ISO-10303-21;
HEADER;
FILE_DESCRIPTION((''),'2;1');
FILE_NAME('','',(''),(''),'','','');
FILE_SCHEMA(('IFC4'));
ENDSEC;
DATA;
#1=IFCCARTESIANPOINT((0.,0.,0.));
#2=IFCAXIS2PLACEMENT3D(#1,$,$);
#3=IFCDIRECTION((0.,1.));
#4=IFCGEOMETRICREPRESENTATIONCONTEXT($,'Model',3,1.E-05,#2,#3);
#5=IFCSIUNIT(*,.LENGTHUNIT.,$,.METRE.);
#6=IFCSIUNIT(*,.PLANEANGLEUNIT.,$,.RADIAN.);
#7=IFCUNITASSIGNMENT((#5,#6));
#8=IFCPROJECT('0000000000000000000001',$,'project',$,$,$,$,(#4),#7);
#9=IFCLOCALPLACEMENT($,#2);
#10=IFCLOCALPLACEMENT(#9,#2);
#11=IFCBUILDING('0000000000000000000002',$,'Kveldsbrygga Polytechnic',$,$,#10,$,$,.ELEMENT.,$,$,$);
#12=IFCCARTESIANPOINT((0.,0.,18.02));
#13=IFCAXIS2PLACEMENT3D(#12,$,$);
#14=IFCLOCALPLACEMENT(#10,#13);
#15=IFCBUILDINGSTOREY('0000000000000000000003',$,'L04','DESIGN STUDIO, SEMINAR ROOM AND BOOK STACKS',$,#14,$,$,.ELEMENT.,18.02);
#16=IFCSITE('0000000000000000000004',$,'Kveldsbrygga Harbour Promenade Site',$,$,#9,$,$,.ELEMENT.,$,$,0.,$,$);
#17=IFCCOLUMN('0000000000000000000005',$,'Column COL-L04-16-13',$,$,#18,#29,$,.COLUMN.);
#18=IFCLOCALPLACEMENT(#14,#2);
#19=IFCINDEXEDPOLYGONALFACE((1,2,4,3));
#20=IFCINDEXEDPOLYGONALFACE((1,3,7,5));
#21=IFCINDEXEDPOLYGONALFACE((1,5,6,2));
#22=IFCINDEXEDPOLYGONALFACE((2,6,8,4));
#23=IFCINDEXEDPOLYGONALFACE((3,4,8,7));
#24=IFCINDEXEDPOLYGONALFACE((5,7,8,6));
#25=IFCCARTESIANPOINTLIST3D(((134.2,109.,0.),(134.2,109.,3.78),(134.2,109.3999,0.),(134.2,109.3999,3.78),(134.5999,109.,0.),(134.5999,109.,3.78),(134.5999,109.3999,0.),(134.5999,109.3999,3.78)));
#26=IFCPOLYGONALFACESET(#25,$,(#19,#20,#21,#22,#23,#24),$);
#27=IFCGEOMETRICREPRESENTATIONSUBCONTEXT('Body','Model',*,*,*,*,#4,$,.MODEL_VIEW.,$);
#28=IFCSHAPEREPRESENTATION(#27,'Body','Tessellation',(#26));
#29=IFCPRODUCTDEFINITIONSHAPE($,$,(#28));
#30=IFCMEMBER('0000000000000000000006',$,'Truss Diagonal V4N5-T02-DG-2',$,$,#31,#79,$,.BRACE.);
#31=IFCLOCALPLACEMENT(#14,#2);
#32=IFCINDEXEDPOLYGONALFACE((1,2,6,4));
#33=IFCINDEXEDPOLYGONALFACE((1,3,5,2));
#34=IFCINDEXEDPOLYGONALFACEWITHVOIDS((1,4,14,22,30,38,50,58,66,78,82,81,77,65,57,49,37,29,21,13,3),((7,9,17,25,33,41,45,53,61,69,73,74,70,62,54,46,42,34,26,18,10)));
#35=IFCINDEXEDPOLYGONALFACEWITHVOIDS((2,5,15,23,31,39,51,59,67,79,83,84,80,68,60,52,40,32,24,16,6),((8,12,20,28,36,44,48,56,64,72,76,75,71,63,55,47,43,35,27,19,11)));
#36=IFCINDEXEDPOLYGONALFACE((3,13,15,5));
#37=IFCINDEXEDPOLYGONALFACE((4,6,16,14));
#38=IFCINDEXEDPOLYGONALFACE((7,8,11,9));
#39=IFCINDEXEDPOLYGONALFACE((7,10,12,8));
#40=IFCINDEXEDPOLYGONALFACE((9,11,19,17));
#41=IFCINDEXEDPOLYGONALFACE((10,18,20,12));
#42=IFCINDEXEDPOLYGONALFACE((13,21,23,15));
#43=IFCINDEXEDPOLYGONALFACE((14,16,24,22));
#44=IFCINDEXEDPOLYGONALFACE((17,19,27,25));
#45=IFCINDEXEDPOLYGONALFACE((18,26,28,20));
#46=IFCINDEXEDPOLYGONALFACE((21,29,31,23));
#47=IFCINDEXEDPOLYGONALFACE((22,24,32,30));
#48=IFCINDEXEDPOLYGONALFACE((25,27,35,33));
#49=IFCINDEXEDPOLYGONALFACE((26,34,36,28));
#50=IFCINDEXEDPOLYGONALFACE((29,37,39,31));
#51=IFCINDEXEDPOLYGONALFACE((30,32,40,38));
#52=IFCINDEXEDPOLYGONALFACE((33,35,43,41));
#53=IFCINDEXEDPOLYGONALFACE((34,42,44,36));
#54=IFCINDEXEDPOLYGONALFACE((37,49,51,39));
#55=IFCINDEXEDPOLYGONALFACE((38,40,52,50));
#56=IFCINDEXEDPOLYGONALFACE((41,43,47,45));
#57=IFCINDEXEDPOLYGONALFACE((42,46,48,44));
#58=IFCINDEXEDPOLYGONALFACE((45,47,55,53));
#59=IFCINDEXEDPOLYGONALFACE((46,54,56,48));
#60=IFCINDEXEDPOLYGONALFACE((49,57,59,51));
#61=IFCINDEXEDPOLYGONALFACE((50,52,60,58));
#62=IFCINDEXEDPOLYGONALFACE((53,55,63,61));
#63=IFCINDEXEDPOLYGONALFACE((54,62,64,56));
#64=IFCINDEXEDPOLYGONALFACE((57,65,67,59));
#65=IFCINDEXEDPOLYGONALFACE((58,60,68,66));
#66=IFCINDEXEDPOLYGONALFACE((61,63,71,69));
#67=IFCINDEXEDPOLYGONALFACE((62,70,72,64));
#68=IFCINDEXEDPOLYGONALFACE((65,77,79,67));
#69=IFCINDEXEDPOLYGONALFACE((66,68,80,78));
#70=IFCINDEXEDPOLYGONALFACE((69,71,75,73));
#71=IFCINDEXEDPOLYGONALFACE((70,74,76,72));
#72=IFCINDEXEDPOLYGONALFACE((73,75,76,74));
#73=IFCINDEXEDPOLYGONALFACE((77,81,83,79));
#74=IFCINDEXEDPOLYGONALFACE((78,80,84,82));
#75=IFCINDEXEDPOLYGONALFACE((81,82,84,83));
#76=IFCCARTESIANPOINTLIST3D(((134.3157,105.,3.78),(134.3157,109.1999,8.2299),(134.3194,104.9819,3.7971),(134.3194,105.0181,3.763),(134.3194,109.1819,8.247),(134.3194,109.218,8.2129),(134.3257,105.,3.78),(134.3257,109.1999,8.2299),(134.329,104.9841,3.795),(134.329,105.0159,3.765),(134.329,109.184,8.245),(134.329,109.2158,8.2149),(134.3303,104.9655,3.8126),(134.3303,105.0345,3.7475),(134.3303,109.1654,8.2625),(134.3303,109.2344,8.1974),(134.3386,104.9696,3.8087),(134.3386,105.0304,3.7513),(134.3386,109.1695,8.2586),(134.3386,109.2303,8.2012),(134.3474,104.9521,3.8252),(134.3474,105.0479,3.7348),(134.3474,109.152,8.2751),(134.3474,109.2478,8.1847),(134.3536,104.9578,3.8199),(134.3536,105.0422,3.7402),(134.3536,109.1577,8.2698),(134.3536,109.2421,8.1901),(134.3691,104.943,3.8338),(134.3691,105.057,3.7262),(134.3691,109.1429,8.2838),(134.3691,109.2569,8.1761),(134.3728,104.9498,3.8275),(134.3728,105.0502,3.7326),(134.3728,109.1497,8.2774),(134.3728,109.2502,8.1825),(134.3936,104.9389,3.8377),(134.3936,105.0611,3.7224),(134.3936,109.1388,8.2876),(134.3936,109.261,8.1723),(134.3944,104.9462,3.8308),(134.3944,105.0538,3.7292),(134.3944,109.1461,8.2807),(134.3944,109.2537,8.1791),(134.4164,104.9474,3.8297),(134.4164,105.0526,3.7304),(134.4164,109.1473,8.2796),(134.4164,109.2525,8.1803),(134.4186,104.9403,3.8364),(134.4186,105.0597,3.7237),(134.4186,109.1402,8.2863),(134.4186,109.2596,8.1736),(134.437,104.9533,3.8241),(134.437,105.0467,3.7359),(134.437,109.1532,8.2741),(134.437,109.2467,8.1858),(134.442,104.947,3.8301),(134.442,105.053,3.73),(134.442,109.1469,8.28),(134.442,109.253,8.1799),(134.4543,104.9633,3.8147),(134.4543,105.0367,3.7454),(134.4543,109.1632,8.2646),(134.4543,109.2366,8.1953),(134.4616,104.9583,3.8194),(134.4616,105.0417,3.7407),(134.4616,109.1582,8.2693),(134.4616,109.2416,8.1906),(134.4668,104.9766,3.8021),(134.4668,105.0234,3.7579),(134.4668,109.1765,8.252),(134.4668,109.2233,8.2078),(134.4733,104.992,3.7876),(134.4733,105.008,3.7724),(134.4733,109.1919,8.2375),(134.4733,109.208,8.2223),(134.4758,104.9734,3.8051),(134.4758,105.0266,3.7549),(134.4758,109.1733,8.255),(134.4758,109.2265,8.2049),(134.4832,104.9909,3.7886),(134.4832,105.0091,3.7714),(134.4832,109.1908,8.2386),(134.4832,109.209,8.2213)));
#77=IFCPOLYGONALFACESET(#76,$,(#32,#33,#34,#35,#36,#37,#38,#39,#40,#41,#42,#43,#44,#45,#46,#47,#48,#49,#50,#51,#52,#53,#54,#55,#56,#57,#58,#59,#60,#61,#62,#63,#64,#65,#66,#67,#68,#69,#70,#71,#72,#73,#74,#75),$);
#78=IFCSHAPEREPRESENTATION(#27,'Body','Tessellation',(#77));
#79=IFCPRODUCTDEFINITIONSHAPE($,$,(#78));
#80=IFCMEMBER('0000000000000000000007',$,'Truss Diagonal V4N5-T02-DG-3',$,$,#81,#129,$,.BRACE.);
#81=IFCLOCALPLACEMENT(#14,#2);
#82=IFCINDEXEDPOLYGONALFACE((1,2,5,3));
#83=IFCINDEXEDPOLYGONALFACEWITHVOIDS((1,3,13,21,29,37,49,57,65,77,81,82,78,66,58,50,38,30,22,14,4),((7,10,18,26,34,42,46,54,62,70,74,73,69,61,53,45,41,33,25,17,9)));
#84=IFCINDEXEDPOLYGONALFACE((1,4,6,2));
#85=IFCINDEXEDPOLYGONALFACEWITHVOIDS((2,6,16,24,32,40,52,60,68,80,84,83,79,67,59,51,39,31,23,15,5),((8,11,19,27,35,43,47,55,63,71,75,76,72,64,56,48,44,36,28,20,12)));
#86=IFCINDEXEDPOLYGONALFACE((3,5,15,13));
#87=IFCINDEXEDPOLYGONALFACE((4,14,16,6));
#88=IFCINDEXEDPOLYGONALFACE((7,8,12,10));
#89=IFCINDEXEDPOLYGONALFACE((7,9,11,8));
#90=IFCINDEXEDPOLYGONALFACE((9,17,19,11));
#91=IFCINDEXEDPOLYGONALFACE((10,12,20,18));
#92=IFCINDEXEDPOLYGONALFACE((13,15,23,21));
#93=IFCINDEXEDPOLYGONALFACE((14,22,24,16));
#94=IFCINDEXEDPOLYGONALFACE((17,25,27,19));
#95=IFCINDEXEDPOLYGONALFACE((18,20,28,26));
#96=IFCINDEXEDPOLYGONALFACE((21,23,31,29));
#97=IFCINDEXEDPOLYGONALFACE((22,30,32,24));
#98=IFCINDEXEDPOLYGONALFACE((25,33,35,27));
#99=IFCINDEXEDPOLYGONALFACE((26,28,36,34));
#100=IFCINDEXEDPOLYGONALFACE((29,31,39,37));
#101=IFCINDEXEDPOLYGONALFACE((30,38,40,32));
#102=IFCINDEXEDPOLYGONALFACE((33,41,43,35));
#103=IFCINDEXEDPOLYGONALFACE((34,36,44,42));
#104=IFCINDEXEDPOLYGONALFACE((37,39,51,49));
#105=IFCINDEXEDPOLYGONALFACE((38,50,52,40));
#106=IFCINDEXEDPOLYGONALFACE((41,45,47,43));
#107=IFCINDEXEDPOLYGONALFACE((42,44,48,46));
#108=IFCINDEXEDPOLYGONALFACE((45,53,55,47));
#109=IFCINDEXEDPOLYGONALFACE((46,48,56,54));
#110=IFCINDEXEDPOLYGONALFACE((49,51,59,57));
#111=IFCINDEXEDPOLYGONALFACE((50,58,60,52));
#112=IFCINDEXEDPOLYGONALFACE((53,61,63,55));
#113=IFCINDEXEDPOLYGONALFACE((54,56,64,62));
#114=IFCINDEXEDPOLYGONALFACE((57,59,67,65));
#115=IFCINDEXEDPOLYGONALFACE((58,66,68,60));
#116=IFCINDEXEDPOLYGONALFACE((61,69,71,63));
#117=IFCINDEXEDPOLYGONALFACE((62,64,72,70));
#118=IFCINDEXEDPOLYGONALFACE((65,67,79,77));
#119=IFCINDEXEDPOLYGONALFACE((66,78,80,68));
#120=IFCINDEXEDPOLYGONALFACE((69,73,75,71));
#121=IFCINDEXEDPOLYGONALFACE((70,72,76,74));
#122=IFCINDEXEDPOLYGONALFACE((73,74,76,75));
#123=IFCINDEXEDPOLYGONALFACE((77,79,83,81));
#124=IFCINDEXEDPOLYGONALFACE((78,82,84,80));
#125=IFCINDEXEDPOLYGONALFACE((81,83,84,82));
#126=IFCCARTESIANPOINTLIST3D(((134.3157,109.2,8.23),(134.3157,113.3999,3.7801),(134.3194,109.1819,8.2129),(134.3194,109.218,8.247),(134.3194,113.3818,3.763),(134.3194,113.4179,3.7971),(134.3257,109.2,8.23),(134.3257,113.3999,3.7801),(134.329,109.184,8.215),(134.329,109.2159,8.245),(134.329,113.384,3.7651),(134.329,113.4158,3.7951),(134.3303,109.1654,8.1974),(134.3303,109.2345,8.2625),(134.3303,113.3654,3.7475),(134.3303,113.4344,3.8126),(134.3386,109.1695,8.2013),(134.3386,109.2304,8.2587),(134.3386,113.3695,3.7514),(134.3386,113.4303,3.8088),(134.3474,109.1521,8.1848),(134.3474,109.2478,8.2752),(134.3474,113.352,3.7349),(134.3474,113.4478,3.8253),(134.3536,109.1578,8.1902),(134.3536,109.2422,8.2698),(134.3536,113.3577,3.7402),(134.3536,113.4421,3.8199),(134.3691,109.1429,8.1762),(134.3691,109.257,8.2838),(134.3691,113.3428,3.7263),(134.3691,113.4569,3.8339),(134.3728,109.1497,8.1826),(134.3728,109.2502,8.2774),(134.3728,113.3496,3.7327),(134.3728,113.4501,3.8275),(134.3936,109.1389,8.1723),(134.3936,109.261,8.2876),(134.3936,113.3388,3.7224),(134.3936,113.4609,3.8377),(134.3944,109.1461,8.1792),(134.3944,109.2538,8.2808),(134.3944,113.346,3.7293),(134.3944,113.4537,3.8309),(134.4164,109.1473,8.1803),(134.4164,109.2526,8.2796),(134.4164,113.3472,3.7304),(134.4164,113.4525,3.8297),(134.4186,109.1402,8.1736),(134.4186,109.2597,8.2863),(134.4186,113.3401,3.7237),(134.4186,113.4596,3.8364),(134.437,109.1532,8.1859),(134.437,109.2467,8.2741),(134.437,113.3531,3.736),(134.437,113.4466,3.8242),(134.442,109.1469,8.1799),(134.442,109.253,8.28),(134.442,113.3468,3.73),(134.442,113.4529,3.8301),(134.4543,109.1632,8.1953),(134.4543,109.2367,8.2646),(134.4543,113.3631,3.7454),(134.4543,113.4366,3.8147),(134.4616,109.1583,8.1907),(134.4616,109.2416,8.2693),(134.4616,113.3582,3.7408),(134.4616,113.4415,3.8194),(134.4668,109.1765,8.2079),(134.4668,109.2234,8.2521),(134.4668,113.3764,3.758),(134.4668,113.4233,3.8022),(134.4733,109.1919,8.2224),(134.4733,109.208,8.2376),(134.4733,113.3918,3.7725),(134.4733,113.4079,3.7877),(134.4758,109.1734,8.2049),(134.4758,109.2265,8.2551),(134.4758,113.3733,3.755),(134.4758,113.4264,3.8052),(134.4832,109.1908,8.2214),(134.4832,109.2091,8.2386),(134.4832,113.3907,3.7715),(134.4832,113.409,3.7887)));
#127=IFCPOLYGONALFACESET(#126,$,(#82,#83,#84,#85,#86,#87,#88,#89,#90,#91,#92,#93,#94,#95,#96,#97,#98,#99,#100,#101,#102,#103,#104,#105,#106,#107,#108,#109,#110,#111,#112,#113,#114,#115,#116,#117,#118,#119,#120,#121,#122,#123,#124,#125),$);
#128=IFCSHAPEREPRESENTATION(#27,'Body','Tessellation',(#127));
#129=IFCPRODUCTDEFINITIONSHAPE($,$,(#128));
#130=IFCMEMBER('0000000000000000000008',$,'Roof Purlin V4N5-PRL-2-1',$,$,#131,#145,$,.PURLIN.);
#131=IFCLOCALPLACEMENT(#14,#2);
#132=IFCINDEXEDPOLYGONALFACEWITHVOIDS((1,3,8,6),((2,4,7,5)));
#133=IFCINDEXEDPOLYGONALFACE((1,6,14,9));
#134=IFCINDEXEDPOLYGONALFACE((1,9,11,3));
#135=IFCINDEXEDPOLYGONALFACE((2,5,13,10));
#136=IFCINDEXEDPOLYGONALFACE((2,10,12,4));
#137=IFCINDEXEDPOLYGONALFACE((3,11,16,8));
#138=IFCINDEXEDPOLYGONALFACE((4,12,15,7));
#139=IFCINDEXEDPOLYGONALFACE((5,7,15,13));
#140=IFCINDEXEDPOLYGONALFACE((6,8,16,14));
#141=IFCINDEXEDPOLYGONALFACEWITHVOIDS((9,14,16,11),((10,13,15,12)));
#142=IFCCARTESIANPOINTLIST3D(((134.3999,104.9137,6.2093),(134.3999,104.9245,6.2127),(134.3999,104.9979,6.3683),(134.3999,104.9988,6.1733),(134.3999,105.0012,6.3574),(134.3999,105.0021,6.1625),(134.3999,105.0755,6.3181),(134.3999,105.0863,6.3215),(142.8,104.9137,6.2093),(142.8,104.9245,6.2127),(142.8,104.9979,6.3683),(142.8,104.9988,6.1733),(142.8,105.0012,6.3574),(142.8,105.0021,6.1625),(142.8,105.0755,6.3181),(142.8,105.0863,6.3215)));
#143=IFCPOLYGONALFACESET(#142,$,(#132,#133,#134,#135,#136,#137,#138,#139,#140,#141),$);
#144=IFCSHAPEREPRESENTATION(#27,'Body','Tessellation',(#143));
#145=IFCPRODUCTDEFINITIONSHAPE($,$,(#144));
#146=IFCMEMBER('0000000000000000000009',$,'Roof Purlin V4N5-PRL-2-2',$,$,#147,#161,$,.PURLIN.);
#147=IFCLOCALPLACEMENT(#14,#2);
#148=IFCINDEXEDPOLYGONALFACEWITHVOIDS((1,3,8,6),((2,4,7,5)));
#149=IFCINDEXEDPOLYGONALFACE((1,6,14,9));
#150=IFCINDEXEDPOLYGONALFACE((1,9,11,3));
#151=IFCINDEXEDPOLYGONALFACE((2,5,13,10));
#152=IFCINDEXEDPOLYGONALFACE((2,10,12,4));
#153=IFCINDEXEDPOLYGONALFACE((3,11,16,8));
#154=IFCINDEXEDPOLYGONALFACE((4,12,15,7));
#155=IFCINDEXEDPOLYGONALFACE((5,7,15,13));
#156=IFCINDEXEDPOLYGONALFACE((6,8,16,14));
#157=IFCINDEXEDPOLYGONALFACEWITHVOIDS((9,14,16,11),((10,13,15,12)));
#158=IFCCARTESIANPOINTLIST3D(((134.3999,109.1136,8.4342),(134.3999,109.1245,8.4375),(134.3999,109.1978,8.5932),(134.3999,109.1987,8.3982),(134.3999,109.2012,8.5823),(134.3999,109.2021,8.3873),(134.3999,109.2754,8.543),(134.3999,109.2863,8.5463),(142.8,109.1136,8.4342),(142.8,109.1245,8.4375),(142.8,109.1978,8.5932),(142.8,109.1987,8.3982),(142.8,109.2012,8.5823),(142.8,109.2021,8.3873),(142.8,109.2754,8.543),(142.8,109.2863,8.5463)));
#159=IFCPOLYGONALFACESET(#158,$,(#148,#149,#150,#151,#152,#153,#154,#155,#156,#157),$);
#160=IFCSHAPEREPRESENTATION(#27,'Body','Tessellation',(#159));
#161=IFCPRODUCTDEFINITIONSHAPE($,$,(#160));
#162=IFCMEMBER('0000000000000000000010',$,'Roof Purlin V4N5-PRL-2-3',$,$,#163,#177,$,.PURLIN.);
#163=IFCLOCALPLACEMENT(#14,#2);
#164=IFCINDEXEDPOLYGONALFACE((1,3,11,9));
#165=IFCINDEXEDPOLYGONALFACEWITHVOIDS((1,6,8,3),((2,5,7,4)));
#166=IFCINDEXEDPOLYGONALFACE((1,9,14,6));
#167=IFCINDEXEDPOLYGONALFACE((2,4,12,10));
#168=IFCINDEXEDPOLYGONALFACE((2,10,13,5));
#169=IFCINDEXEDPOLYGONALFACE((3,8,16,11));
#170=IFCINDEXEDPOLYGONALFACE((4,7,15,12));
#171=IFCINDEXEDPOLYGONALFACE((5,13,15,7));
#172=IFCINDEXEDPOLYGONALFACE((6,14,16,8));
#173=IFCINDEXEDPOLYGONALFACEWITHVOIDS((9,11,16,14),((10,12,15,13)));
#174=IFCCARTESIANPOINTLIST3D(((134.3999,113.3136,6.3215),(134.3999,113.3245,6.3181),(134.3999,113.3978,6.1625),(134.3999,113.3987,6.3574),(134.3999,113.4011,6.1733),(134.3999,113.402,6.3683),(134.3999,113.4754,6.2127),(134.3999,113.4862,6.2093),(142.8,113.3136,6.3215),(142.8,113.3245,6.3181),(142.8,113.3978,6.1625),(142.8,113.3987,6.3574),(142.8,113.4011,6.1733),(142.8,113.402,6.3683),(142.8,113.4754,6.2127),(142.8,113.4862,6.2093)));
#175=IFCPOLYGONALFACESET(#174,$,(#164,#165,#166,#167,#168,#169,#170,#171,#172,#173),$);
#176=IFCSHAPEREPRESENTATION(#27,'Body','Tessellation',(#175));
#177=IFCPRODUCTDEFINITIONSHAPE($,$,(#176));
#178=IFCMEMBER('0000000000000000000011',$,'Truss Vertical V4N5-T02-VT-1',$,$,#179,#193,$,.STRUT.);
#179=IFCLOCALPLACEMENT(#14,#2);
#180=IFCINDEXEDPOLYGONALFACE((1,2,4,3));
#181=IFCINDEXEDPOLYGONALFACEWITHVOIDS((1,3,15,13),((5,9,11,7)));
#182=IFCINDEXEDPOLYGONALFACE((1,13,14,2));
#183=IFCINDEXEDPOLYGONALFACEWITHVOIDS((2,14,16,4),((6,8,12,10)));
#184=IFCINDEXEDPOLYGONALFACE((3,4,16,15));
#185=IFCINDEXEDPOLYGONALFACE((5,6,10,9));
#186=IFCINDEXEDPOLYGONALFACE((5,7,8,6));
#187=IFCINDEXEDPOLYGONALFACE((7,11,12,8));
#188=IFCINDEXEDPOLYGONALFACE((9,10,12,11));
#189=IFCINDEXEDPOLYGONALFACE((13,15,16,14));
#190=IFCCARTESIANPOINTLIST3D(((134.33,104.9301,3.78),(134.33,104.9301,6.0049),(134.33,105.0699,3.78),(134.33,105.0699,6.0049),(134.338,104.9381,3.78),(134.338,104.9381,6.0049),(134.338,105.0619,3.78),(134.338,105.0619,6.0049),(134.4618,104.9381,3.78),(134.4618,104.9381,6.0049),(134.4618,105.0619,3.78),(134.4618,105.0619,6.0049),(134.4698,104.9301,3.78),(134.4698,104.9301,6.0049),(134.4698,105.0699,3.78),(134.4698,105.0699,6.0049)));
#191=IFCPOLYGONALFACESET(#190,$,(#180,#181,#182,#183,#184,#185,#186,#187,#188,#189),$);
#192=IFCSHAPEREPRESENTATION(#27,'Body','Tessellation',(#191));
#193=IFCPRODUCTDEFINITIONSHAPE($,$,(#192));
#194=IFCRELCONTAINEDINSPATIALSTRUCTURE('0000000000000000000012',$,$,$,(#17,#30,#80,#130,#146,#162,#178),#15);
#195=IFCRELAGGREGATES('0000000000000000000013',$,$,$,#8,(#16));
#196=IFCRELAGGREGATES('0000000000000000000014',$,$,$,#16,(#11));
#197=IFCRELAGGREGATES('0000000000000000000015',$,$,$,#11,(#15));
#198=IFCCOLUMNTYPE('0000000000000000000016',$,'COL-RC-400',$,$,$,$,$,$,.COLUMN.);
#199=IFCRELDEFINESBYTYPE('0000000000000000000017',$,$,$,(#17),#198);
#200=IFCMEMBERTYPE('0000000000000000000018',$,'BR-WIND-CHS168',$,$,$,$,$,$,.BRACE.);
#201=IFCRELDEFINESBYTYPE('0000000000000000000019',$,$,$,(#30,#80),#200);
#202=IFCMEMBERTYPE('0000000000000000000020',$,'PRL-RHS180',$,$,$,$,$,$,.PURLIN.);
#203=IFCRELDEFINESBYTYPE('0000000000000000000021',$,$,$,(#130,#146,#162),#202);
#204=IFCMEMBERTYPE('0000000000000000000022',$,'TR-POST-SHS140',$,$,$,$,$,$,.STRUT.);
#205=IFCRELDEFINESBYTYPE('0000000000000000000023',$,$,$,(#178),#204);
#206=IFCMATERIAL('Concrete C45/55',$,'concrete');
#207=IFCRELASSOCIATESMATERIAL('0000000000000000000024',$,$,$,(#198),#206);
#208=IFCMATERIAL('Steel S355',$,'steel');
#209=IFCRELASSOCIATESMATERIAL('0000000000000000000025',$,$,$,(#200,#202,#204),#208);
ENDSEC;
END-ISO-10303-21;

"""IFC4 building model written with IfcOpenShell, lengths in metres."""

from ifc_helpers import new_model, si_unit, direction, frame, origin, origin_2d, place, context, subcontext, project, spatial, rectangle, hollow_rectangle, hollow_circle, extrude, material, material_profile, profile_set, type_object, element, save


model = new_model("IFC4")

# Units and contexts
model_context = context("Model", 3, precision=1e-05, world=origin(), true_north=direction((0.0, 1.0)))
body_context = subcontext(model_context, "Body", "Model", "MODEL_VIEW")
ifc_project = project(units=[si_unit("LENGTHUNIT", "METRE"), si_unit("PLANEANGLEUNIT", "RADIAN")], contexts=[model_context])

# Site, building, storey
site_placement = place(None, origin())
site = spatial("IfcSite", under=ifc_project, at=site_placement, Name="Kveldsbrygga Harbour Promenade Site", CompositionType="ELEMENT", RefElevation=0.0)
building_placement = place(site_placement, origin())
building = spatial("IfcBuilding", under=site, at=building_placement, Name="Kveldsbrygga Polytechnic", CompositionType="ELEMENT")
storey_placement = place(building_placement, frame((0.0, 0.0, 18.02)))
storey = spatial("IfcBuildingStorey", under=building, at=storey_placement, Name="L04", Description="DESIGN STUDIO, SEMINAR ROOM AND BOOK STACKS", CompositionType="ELEMENT", Elevation=18.02)

# Column
ifc_material_1 = material(Name="Concrete C45/55", Category="concrete")
ifc_material_profile_1 = material_profile(ifc_material_1, rectangle(XDim=0.3999, YDim=0.3999, at=origin_2d()), Name="RC 400x400")
ifc_profile_set_1 = profile_set([ifc_material_profile_1], Name="Concrete C45/55")
column_type = type_object("IfcColumnType", Name="COL-RC-400", PredefinedType="COLUMN", material=ifc_profile_set_1)
column_placement = place(storey_placement, frame((134.3999, 109.2, 0.0), z_axis=(0.0, 0.0, 1.0), x_axis=(1.0, 0.0, 0.0)))
element("IfcColumn", 1, at=column_placement, inside=storey, type_object=column_type, Name="Column COL-L04-16-13", PredefinedType="COLUMN", context=body_context, shape_type="SweptSolid", body=[
    extrude(rectangle(XDim=0.3999, YDim=0.3999, at=origin_2d()), origin(), (0.0, 0.0, 1.0), 3.78),
])

# Members
ifc_material_2 = material(Name="Steel S355", Category="steel")
ifc_material_profile_2 = material_profile(ifc_material_2, hollow_circle(Radius=0.0842, WallThickness=0.01, at=origin_2d()), Name="CHS 168.3x10.0")
ifc_profile_set_2 = profile_set([ifc_material_profile_2], Name="Steel S355")
member_type_1 = type_object("IfcMemberType", Name="BR-WIND-CHS168", PredefinedType="BRACE", material=ifc_profile_set_2)
for number, where, z_axis, x_axis, name in (
    (2, (134.3999, 105.0, 3.78), (0.0, 0.686383, 0.72724), (-1.0, 0.0, 0.0), "Truss Diagonal V4N5-T02-DG-2"),
    (3, (134.3999, 109.2, 8.23), (0.0, 0.686383, -0.72724), (-1.0, 0.0, 0.0), "Truss Diagonal V4N5-T02-DG-3"),
):
    element("IfcMember", number, at=place(storey_placement, frame(where, z_axis=z_axis, x_axis=x_axis)), inside=storey, type_object=member_type_1, Name=name, PredefinedType="BRACE", context=body_context, shape_type="SweptSolid", body=[
        extrude(hollow_circle(Radius=0.0842, WallThickness=0.01, at=origin_2d()), origin(), (0.0, 0.0, 1.0), 6.1189),
    ])
ifc_material_profile_3 = material_profile(ifc_material_2, hollow_rectangle(XDim=0.1001, YDim=0.1799, WallThickness=0.0081, at=origin_2d()), Name="RHS 180x100x8.0")
ifc_profile_set_3 = profile_set([ifc_material_profile_3], Name="Steel S355")
member_type_2 = type_object("IfcMemberType", Name="PRL-RHS180", PredefinedType="PURLIN", material=ifc_profile_set_3)
for number, where, z_axis, x_axis, name in (
    (4, (134.3999, 105.0, 6.2654), (1.0, 0.0, 0.0), (0.0, 0.88366, -0.468129), "Roof Purlin V4N5-PRL-2-1"),
    (5, (134.3999, 109.2, 8.4902), (1.0, 0.0, 0.0), (0.0, 0.88366, -0.468129), "Roof Purlin V4N5-PRL-2-2"),
    (6, (134.3999, 113.3999, 6.2654), (1.0, 0.0, 0.0), (0.0, 0.88366, 0.468129), "Roof Purlin V4N5-PRL-2-3"),
):
    element("IfcMember", number, at=place(storey_placement, frame(where, z_axis=z_axis, x_axis=x_axis)), inside=storey, type_object=member_type_2, Name=name, PredefinedType="PURLIN", context=body_context, shape_type="SweptSolid", body=[
        extrude(hollow_rectangle(XDim=0.1001, YDim=0.1799, WallThickness=0.0081, at=origin_2d()), origin(), (0.0, 0.0, 1.0), 8.4001),
    ])
ifc_material_profile_4 = material_profile(ifc_material_2, hollow_rectangle(XDim=0.1399, YDim=0.1399, WallThickness=0.0081, at=origin_2d()), Name="SHS 140x140x8.0")
ifc_profile_set_4 = profile_set([ifc_material_profile_4], Name="Steel S355")
member_type_3 = type_object("IfcMemberType", Name="TR-POST-SHS140", PredefinedType="STRUT", material=ifc_profile_set_4)
member_1_placement = place(storey_placement, frame((134.3999, 105.0, 3.78), z_axis=(0.0, 0.0, 1.0), x_axis=(1.0, 0.0, 0.0)))
element("IfcMember", 7, at=member_1_placement, inside=storey, type_object=member_type_3, Name="Truss Vertical V4N5-T02-VT-1", PredefinedType="STRUT", context=body_context, shape_type="SweptSolid", body=[
    extrude(hollow_rectangle(XDim=0.1399, YDim=0.1399, WallThickness=0.0081, at=origin_2d()), origin(), (0.0, 0.0, 1.0), 2.2249),
])

save(model, "model.ifc")
